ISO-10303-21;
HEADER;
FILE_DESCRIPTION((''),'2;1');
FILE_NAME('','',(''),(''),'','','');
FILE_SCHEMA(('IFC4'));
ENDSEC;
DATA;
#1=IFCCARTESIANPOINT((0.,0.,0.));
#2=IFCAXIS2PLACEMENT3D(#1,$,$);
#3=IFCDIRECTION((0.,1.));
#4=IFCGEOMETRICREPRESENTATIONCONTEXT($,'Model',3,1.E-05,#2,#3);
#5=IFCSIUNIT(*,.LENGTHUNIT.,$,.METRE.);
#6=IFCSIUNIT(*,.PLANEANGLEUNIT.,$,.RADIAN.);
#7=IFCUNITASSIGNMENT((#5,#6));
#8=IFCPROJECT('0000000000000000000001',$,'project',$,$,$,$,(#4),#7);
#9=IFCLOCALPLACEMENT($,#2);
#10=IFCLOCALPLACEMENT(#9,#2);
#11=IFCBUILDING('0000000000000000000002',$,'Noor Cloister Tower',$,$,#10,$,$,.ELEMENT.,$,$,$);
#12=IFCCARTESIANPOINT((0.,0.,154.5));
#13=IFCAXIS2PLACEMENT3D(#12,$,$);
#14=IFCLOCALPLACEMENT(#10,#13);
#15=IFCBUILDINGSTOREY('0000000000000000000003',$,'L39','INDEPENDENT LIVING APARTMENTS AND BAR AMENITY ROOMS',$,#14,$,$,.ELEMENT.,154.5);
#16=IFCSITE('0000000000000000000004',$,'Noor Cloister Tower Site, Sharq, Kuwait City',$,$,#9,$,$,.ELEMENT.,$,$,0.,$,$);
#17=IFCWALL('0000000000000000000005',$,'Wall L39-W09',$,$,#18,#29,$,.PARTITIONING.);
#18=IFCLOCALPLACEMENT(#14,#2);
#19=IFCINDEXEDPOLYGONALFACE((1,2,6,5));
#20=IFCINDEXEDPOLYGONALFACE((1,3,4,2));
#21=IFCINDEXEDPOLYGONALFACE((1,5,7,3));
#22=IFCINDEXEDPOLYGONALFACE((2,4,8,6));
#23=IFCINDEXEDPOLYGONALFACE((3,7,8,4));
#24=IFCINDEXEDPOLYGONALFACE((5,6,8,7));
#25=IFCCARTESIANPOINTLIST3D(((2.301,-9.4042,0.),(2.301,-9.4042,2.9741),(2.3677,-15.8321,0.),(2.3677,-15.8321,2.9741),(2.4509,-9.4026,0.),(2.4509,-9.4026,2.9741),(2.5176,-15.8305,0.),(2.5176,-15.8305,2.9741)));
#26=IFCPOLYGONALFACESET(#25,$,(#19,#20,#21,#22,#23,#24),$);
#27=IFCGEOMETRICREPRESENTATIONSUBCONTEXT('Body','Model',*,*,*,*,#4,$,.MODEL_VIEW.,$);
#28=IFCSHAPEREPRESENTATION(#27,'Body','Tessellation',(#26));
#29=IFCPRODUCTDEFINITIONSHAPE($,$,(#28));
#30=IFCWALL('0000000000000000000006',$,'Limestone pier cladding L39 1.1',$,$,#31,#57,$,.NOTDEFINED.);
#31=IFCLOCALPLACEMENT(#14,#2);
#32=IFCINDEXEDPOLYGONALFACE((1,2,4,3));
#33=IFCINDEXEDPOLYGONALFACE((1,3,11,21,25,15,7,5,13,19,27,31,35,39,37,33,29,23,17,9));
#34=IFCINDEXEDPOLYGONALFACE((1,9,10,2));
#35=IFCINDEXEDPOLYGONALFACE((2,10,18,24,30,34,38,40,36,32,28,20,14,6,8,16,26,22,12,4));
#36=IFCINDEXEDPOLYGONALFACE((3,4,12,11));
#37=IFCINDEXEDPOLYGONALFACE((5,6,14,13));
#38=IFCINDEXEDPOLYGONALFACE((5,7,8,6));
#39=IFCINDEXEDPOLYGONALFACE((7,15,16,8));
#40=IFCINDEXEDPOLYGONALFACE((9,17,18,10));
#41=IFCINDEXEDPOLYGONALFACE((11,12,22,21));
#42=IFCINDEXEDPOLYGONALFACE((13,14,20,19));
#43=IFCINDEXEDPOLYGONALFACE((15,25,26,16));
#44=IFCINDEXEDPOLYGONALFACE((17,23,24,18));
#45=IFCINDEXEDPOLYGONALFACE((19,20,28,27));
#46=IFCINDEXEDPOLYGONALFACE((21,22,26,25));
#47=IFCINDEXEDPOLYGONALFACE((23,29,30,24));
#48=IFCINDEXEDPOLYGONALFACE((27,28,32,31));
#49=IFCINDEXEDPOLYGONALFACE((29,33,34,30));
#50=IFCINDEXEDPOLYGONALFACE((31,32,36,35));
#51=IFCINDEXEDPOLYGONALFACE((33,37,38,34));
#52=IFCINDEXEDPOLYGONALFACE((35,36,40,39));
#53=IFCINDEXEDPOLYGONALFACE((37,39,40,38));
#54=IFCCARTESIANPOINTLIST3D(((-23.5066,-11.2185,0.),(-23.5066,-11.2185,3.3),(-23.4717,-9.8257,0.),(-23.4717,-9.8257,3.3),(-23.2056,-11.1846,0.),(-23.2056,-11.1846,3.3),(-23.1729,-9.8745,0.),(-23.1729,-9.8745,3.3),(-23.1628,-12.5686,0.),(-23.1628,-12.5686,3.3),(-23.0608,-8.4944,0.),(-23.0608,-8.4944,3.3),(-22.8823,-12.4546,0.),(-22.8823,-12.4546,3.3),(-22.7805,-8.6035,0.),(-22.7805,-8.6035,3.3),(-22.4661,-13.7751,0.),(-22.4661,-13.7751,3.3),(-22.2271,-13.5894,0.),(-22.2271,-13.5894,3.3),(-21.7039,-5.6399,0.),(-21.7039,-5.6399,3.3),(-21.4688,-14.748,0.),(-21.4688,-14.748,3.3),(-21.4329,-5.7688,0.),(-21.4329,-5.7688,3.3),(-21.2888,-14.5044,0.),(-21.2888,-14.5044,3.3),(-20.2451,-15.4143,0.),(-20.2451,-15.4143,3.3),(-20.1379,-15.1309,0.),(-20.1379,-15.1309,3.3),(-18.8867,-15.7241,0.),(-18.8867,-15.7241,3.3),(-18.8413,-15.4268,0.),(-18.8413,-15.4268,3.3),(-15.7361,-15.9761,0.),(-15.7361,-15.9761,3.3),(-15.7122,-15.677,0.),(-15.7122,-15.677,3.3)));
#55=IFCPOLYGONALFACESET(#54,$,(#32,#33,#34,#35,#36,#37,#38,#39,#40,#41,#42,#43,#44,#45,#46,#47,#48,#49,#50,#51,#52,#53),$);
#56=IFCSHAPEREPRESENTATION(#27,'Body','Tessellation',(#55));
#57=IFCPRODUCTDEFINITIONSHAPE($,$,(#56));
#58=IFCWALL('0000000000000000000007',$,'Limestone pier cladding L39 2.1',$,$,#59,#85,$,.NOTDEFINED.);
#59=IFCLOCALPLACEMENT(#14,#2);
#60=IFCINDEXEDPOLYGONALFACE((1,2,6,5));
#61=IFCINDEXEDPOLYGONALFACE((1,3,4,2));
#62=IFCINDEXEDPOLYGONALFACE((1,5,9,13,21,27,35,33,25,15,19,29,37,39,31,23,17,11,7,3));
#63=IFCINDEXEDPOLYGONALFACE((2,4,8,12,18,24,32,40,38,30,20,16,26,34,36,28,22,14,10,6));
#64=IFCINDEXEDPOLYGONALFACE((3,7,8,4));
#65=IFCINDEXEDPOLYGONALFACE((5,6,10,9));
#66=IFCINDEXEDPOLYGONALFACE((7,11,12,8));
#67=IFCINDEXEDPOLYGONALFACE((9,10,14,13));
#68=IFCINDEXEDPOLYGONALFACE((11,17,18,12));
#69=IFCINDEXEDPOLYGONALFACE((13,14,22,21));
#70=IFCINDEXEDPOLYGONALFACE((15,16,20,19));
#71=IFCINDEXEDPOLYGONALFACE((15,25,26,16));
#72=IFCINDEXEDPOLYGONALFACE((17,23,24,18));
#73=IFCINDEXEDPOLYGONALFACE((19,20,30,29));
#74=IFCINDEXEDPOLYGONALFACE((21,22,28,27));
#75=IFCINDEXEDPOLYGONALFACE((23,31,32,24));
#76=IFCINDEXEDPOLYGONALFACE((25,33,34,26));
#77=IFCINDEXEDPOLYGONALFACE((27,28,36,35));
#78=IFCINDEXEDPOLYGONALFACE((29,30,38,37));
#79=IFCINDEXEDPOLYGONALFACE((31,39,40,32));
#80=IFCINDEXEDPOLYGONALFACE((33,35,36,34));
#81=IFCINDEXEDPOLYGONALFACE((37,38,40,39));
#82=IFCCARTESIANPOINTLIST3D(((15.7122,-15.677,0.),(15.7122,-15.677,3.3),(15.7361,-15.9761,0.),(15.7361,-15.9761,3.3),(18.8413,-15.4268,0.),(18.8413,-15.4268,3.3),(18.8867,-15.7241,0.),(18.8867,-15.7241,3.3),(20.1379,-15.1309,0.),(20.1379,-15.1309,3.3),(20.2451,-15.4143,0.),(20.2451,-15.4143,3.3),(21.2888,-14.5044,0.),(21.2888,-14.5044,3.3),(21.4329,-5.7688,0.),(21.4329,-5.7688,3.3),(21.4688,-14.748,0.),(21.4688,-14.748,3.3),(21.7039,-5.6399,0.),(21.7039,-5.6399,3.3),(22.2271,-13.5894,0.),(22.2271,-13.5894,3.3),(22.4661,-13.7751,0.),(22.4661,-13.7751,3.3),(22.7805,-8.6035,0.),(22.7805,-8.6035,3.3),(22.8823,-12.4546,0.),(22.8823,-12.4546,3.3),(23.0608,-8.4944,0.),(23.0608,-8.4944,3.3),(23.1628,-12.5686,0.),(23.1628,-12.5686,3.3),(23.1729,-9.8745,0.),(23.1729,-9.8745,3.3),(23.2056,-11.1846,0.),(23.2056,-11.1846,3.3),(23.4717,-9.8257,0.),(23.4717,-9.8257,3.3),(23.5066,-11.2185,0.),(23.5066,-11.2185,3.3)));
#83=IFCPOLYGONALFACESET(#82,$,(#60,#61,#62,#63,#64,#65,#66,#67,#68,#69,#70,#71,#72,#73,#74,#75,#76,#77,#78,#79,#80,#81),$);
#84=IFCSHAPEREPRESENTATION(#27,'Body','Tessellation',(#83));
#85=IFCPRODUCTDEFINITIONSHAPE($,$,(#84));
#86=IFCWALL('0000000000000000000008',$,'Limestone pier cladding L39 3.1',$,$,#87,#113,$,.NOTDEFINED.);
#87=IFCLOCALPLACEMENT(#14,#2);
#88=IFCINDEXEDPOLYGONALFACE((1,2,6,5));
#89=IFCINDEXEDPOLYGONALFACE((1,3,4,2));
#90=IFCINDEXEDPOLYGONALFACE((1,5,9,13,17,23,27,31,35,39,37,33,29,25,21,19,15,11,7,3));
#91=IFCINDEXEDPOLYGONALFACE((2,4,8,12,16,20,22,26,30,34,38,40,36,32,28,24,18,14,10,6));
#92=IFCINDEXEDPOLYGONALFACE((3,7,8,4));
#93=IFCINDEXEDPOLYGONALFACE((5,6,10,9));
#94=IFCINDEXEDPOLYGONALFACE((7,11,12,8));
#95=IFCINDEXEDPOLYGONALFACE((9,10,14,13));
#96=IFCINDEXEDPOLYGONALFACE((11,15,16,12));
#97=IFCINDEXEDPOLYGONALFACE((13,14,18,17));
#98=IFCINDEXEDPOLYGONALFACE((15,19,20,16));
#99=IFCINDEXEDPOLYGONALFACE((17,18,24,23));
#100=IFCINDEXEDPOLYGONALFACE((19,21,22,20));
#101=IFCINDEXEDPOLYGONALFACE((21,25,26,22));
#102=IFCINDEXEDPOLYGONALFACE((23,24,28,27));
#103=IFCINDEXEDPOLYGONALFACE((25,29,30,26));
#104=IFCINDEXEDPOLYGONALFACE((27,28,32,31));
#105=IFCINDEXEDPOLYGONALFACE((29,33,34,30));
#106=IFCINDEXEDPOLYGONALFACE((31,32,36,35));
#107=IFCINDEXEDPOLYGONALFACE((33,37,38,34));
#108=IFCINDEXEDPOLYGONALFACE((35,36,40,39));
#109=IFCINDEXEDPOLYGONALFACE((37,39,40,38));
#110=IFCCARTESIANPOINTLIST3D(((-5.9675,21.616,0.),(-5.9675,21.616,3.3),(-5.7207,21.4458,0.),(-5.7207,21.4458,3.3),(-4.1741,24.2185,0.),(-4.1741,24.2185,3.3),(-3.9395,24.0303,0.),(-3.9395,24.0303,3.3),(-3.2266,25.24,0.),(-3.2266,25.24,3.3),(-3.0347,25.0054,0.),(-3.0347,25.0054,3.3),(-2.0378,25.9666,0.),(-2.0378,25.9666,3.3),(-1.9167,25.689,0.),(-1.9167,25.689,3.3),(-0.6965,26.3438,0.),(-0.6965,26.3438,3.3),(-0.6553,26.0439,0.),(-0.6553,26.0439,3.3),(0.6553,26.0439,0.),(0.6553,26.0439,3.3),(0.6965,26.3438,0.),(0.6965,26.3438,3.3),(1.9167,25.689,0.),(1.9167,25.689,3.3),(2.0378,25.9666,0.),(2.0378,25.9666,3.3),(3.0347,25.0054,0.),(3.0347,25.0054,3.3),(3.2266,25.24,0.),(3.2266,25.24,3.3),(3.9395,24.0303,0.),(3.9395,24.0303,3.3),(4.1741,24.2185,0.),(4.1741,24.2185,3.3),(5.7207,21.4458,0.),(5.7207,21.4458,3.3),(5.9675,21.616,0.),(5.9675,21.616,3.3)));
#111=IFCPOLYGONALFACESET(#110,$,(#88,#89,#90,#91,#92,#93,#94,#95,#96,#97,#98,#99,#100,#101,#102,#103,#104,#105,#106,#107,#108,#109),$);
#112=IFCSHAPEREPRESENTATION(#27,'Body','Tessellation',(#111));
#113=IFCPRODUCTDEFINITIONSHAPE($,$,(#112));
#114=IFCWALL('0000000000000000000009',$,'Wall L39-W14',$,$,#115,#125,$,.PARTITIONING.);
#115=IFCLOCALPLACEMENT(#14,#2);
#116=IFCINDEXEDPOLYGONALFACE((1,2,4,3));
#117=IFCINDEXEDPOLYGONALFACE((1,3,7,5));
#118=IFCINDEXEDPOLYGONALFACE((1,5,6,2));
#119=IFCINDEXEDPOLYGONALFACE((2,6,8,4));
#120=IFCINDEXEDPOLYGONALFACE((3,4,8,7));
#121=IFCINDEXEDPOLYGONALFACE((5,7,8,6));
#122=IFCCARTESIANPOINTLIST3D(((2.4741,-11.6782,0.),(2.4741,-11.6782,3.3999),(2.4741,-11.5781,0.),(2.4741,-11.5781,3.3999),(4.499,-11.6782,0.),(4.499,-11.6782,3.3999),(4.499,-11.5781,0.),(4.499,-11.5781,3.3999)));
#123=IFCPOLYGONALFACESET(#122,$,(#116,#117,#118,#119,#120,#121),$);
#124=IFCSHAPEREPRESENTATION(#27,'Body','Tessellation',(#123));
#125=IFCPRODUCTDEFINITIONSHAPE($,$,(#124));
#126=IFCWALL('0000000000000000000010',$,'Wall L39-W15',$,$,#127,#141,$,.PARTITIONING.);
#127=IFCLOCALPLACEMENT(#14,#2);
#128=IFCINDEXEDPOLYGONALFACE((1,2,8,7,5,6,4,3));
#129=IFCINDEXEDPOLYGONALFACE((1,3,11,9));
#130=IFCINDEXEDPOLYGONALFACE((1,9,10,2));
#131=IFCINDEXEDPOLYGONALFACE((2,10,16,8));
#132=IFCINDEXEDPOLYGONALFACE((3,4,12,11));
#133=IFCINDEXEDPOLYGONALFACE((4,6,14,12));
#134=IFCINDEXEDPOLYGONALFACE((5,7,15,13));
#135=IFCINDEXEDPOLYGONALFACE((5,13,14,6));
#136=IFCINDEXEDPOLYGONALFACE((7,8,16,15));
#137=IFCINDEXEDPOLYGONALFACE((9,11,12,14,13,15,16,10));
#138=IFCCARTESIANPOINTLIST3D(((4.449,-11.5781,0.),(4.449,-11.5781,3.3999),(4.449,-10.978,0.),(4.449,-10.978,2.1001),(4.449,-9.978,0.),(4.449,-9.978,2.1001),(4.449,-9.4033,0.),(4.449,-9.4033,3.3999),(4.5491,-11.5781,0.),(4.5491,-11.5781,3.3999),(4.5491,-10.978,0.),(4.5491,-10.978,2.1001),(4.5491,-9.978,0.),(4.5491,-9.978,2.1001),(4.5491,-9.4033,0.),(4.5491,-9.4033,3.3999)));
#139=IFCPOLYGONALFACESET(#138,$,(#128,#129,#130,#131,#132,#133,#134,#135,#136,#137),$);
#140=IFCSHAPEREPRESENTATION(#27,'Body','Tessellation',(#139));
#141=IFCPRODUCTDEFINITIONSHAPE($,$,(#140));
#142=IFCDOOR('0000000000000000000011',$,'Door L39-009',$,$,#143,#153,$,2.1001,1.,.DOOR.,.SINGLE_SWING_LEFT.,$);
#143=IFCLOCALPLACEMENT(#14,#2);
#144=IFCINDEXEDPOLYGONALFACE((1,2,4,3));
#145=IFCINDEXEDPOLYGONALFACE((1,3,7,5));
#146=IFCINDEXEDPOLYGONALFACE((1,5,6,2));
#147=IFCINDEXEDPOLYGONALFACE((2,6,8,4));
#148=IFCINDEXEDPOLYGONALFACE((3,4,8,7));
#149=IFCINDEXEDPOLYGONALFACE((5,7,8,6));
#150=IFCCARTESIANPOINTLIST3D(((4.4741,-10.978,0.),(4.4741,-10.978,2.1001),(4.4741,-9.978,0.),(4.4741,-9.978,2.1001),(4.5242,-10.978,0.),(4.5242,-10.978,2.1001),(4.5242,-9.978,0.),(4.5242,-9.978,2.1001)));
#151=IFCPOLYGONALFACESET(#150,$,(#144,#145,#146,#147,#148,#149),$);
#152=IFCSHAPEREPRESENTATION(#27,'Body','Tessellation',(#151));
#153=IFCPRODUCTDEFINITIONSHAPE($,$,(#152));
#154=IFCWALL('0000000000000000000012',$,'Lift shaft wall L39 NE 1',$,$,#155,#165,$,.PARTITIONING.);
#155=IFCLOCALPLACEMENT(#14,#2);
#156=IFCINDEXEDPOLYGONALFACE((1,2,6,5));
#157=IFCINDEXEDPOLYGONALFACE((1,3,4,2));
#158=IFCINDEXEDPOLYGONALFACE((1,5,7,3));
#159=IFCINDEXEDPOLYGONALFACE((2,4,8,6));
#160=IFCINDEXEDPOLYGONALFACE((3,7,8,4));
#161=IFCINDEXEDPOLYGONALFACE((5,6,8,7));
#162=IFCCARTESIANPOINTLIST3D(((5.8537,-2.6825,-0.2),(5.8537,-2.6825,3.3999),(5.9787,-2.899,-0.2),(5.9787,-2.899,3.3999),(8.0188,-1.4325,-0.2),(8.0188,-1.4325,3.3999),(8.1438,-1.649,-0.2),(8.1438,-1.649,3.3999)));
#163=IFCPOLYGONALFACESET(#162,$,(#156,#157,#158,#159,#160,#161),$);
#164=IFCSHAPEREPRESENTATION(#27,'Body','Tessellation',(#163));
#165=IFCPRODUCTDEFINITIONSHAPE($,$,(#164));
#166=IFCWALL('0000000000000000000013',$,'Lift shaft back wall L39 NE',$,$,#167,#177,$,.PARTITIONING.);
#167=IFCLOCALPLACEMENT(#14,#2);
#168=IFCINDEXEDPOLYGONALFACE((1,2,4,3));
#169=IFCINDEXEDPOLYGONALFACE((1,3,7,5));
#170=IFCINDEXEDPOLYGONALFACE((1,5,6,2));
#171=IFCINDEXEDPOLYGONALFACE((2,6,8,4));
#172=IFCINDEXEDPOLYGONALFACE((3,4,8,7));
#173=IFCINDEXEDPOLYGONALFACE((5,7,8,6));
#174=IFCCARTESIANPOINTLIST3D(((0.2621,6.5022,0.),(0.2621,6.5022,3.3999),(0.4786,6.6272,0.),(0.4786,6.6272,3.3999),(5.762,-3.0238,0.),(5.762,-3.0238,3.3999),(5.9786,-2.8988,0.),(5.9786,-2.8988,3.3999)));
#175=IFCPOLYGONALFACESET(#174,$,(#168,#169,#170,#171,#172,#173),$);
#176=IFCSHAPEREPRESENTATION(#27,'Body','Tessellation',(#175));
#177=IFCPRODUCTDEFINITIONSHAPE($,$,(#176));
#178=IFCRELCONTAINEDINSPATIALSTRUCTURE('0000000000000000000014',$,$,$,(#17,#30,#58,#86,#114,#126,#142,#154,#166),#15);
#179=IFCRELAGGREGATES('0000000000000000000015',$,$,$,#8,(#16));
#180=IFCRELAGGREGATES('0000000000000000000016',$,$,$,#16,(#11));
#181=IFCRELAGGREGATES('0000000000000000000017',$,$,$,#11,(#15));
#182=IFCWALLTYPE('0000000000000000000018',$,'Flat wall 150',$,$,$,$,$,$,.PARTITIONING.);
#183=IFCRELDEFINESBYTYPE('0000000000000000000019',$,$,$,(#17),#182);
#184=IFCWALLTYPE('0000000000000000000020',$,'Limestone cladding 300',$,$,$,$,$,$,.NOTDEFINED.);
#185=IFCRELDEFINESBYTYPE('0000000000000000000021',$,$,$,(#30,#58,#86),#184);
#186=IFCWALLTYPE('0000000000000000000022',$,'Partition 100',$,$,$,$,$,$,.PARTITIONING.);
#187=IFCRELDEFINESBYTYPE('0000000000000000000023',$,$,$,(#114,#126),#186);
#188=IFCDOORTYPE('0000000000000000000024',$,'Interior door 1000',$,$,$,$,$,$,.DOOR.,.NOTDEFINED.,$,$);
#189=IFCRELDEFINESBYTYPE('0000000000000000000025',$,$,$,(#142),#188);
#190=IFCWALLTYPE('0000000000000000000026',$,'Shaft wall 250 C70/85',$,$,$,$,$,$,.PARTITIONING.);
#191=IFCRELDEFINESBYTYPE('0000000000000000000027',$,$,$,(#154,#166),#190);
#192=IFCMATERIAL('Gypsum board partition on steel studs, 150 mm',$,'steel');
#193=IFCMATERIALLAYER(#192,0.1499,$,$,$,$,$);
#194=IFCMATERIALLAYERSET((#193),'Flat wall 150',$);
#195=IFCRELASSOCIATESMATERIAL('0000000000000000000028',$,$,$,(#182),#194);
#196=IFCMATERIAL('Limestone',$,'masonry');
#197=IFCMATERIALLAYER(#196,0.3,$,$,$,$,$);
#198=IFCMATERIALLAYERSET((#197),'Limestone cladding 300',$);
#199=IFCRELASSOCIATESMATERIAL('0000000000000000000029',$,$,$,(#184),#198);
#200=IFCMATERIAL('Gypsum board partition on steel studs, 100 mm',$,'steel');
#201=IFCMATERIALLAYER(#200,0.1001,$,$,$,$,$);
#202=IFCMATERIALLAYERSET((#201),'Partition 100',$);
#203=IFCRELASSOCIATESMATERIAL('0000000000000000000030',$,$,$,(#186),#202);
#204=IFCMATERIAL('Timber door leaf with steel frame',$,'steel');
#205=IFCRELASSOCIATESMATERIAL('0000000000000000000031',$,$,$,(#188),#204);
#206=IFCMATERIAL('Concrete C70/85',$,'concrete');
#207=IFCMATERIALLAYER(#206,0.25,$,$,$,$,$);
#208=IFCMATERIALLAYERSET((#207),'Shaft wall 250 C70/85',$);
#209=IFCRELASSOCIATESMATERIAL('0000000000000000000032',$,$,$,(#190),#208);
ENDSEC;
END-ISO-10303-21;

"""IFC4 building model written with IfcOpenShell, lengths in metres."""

from ifc_helpers import new_model, si_unit, direction, frame, frame_2d, origin, place, context, subcontext, project, spatial, polyline, rectangle, outline, extrude, material, layer, layer_set, type_object, element, fill, save


model = new_model("IFC4")

# Units and contexts
model_context = context("Model", 3, precision=1e-05, world=origin(), true_north=direction((0.0, 1.0)))
body_context = subcontext(model_context, "Body", "Model", "MODEL_VIEW")
ifc_project = project(units=[si_unit("LENGTHUNIT", "METRE"), si_unit("PLANEANGLEUNIT", "RADIAN")], contexts=[model_context])

# Site, building, storey
site_placement = place(None, origin())
site = spatial("IfcSite", under=ifc_project, at=site_placement, Name="Noor Cloister Tower Site, Sharq, Kuwait City", CompositionType="ELEMENT", RefElevation=0.0)
building_placement = place(site_placement, origin())
building = spatial("IfcBuilding", under=site, at=building_placement, Name="Noor Cloister Tower", CompositionType="ELEMENT")
storey_placement = place(building_placement, frame((0.0, 0.0, 154.5)))
storey = spatial("IfcBuildingStorey", under=building, at=storey_placement, Name="L39", Description="INDEPENDENT LIVING APARTMENTS AND BAR AMENITY ROOMS", CompositionType="ELEMENT", Elevation=154.5)

# Walls
ifc_material_1 = material(Name="Gypsum board partition on steel studs, 150 mm", Category="steel")
ifc_layer_1 = layer(ifc_material_1, 0.1499)
ifc_layer_set_1 = layer_set([ifc_layer_1], Name="Flat wall 150")
wall_type_1 = type_object("IfcWallType", Name="Flat wall 150", PredefinedType="PARTITIONING", material=ifc_layer_set_1)
wall_1_placement = place(storey_placement, frame((2.4426, -15.8313, 0.0), z_axis=(0.0, 0.0, 1.0), x_axis=(-0.010368, 0.999946, 0.0)))
element("IfcWall", 1, at=wall_1_placement, inside=storey, type_object=wall_type_1, Name="Wall L39-W09", PredefinedType="PARTITIONING", context=body_context, shape_type="SweptSolid", body=[
    extrude(rectangle(XDim=6.4282, YDim=0.1499, at=frame_2d((3.2141, 0.0))), origin(), (0.0, 0.0, 1.0), 2.9741),
])
ifc_material_2 = material(Name="Limestone", Category="masonry")
ifc_layer_2 = layer(ifc_material_2, 0.3)
ifc_layer_set_2 = layer_set([ifc_layer_2], Name="Limestone cladding 300")
wall_type_2 = type_object("IfcWallType", Name="Limestone cladding 300", PredefinedType="NOTDEFINED", material=ifc_layer_set_2)
wall_2_placement = place(storey_placement, origin())
element("IfcWall", 2, at=wall_2_placement, inside=storey, type_object=wall_type_2, Name="Limestone pier cladding L39 1.1", PredefinedType="NOTDEFINED", context=body_context, shape_type="SweptSolid", body=[
    extrude(outline(polyline([(-21.7039, -5.6399), (-23.0608, -8.4944), (-23.4717, -9.8257), (-23.5066, -11.2185), (-23.1628, -12.5686), (-22.4661, -13.7751), (-21.4688, -14.748), (-20.2451, -15.4143), (-18.8867, -15.7241), (-15.7361, -15.9761), (-15.7122, -15.677), (-18.8413, -15.4268), (-20.1379, -15.1309), (-21.2888, -14.5044), (-22.2271, -13.5894), (-22.8823, -12.4546), (-23.2056, -11.1846), (-23.1729, -9.8745), (-22.7805, -8.6035), (-21.4329, -5.7688), (-21.7039, -5.6399)])), origin(), (0.0, 0.0, 1.0), 3.3),
])
wall_3_placement = place(storey_placement, origin())
element("IfcWall", 3, at=wall_3_placement, inside=storey, type_object=wall_type_2, Name="Limestone pier cladding L39 2.1", PredefinedType="NOTDEFINED", context=body_context, shape_type="SweptSolid", body=[
    extrude(outline(polyline([(15.7361, -15.9761), (18.8867, -15.7241), (20.2451, -15.4143), (21.4688, -14.748), (22.4661, -13.7751), (23.1628, -12.5686), (23.5066, -11.2185), (23.4717, -9.8257), (23.0608, -8.4944), (21.7039, -5.6399), (21.4329, -5.7688), (22.7805, -8.6035), (23.1729, -9.8745), (23.2056, -11.1846), (22.8823, -12.4546), (22.2271, -13.5894), (21.2888, -14.5044), (20.1379, -15.1309), (18.8413, -15.4268), (15.7122, -15.677), (15.7361, -15.9761)])), origin(), (0.0, 0.0, 1.0), 3.3),
])
wall_4_placement = place(storey_placement, origin())
element("IfcWall", 4, at=wall_4_placement, inside=storey, type_object=wall_type_2, Name="Limestone pier cladding L39 3.1", PredefinedType="NOTDEFINED", context=body_context, shape_type="SweptSolid", body=[
    extrude(outline(polyline([(5.9675, 21.616), (4.1741, 24.2185), (3.2266, 25.24), (2.0378, 25.9666), (0.6965, 26.3438), (-0.6965, 26.3438), (-2.0378, 25.9666), (-3.2266, 25.24), (-4.1741, 24.2185), (-5.9675, 21.616), (-5.7207, 21.4458), (-3.9395, 24.0303), (-3.0347, 25.0054), (-1.9167, 25.689), (-0.6553, 26.0439), (0.6553, 26.0439), (1.9167, 25.689), (3.0347, 25.0054), (3.9395, 24.0303), (5.7207, 21.4458), (5.9675, 21.616)])), origin(), (0.0, 0.0, 1.0), 3.3),
])
ifc_material_3 = material(Name="Gypsum board partition on steel studs, 100 mm", Category="steel")
ifc_layer_3 = layer(ifc_material_3, 0.1001)
ifc_layer_set_3 = layer_set([ifc_layer_3], Name="Partition 100")
wall_type_3 = type_object("IfcWallType", Name="Partition 100", PredefinedType="PARTITIONING", material=ifc_layer_set_3)
wall_5_placement = place(storey_placement, frame((2.4741, -11.6282, 0.0), z_axis=(0.0, 0.0, 1.0), x_axis=(1.0, 0.0, 0.0)))
element("IfcWall", 5, at=wall_5_placement, inside=storey, type_object=wall_type_3, Name="Wall L39-W14", PredefinedType="PARTITIONING", context=body_context, shape_type="SweptSolid", body=[
    extrude(rectangle(XDim=2.0249, YDim=0.1001, at=frame_2d((1.0125, 0.0))), origin(), (0.0, 0.0, 1.0), 3.3999),
])

# Wall, opening, door
wall_6_placement = place(storey_placement, frame((4.499, -11.5781, 0.0), z_axis=(0.0, 0.0, 1.0), x_axis=(0.0, 1.0, 0.0)))
wall_6 = element("IfcWall", 6, at=wall_6_placement, inside=storey, type_object=wall_type_3, Name="Wall L39-W15", PredefinedType="PARTITIONING", context=body_context, shape_type="SweptSolid", body=[
    extrude(rectangle(XDim=2.1748, YDim=0.1001, at=frame_2d((1.0874, 0.0))), origin(), (0.0, 0.0, 1.0), 3.3999),
])
opening_1_placement = place(wall_6_placement, frame((0.6001, 0.0, 0.0)))
opening_1 = element("IfcOpeningElement", 7, at=opening_1_placement, cuts=wall_6, PredefinedType="OPENING", context=body_context, shape_type="SweptSolid", body=[
    extrude(rectangle(XDim=1.0, YDim=2.1001, at=frame_2d((0.5, 1.05))), frame((0.0, 0.0601, 0.0), z_axis=(0.0, -1.0, 0.0), x_axis=(1.0, 0.0, 0.0)), (0.0, 0.0, 1.0), 0.1201),
])
ifc_material_4 = material(Name="Timber door leaf with steel frame", Category="steel")
door_type_1 = type_object("IfcDoorType", Name="Interior door 1000", OperationType="NOTDEFINED", PredefinedType="DOOR", material=ifc_material_4)
door_1_placement = place(opening_1_placement, origin())
door_1 = element("IfcDoor", 8, at=door_1_placement, inside=storey, type_object=door_type_1, Name="Door L39-009", OperationType="SINGLE_SWING_LEFT", OverallHeight=2.1001, OverallWidth=1.0, PredefinedType="DOOR", context=body_context, shape_type="SweptSolid", body=[
    extrude(rectangle(XDim=1.0, YDim=2.1001, at=frame_2d((0.5, 1.05))), frame((0.0, 0.0249, 0.0), z_axis=(0.0, -1.0, 0.0), x_axis=(1.0, 0.0, 0.0)), (0.0, 0.0, 1.0), 0.05),
])
fill(opening_1, door_1)

# Walls
ifc_material_5 = material(Name="Concrete C70/85", Category="concrete")
ifc_layer_4 = layer(ifc_material_5, 0.25)
ifc_layer_set_4 = layer_set([ifc_layer_4], Name="Shaft wall 250 C70/85")
wall_type_4 = type_object("IfcWallType", Name="Shaft wall 250 C70/85", PredefinedType="PARTITIONING", material=ifc_layer_set_4)
wall_7_placement = place(storey_placement, frame((8.0813, -1.5408, -0.2), z_axis=(0.0, 0.0, 1.0), x_axis=(-0.866023, -0.500004, 0.0)))
element("IfcWall", 9, at=wall_7_placement, inside=storey, type_object=wall_type_4, Name="Lift shaft wall L39 NE 1", PredefinedType="PARTITIONING", context=body_context, shape_type="SweptSolid", body=[
    extrude(rectangle(XDim=2.5, YDim=0.25, at=frame_2d((1.25, 0.0))), origin(), (0.0, 0.0, 1.0), 3.5999),
])
wall_8_placement = place(storey_placement, frame((5.8704, -2.9614, 0.0), z_axis=(0.0, 0.0, 1.0), x_axis=(-0.500006, 0.866022, 0.0)))
element("IfcWall", 10, at=wall_8_placement, inside=storey, type_object=wall_type_4, Name="Lift shaft back wall L39 NE", PredefinedType="PARTITIONING", context=body_context, shape_type="SweptSolid", body=[
    extrude(rectangle(XDim=10.9998, YDim=0.25, at=frame_2d((5.5, 0.0))), origin(), (0.0, 0.0, 1.0), 3.3999),
])

save(model, "model.ifc")
